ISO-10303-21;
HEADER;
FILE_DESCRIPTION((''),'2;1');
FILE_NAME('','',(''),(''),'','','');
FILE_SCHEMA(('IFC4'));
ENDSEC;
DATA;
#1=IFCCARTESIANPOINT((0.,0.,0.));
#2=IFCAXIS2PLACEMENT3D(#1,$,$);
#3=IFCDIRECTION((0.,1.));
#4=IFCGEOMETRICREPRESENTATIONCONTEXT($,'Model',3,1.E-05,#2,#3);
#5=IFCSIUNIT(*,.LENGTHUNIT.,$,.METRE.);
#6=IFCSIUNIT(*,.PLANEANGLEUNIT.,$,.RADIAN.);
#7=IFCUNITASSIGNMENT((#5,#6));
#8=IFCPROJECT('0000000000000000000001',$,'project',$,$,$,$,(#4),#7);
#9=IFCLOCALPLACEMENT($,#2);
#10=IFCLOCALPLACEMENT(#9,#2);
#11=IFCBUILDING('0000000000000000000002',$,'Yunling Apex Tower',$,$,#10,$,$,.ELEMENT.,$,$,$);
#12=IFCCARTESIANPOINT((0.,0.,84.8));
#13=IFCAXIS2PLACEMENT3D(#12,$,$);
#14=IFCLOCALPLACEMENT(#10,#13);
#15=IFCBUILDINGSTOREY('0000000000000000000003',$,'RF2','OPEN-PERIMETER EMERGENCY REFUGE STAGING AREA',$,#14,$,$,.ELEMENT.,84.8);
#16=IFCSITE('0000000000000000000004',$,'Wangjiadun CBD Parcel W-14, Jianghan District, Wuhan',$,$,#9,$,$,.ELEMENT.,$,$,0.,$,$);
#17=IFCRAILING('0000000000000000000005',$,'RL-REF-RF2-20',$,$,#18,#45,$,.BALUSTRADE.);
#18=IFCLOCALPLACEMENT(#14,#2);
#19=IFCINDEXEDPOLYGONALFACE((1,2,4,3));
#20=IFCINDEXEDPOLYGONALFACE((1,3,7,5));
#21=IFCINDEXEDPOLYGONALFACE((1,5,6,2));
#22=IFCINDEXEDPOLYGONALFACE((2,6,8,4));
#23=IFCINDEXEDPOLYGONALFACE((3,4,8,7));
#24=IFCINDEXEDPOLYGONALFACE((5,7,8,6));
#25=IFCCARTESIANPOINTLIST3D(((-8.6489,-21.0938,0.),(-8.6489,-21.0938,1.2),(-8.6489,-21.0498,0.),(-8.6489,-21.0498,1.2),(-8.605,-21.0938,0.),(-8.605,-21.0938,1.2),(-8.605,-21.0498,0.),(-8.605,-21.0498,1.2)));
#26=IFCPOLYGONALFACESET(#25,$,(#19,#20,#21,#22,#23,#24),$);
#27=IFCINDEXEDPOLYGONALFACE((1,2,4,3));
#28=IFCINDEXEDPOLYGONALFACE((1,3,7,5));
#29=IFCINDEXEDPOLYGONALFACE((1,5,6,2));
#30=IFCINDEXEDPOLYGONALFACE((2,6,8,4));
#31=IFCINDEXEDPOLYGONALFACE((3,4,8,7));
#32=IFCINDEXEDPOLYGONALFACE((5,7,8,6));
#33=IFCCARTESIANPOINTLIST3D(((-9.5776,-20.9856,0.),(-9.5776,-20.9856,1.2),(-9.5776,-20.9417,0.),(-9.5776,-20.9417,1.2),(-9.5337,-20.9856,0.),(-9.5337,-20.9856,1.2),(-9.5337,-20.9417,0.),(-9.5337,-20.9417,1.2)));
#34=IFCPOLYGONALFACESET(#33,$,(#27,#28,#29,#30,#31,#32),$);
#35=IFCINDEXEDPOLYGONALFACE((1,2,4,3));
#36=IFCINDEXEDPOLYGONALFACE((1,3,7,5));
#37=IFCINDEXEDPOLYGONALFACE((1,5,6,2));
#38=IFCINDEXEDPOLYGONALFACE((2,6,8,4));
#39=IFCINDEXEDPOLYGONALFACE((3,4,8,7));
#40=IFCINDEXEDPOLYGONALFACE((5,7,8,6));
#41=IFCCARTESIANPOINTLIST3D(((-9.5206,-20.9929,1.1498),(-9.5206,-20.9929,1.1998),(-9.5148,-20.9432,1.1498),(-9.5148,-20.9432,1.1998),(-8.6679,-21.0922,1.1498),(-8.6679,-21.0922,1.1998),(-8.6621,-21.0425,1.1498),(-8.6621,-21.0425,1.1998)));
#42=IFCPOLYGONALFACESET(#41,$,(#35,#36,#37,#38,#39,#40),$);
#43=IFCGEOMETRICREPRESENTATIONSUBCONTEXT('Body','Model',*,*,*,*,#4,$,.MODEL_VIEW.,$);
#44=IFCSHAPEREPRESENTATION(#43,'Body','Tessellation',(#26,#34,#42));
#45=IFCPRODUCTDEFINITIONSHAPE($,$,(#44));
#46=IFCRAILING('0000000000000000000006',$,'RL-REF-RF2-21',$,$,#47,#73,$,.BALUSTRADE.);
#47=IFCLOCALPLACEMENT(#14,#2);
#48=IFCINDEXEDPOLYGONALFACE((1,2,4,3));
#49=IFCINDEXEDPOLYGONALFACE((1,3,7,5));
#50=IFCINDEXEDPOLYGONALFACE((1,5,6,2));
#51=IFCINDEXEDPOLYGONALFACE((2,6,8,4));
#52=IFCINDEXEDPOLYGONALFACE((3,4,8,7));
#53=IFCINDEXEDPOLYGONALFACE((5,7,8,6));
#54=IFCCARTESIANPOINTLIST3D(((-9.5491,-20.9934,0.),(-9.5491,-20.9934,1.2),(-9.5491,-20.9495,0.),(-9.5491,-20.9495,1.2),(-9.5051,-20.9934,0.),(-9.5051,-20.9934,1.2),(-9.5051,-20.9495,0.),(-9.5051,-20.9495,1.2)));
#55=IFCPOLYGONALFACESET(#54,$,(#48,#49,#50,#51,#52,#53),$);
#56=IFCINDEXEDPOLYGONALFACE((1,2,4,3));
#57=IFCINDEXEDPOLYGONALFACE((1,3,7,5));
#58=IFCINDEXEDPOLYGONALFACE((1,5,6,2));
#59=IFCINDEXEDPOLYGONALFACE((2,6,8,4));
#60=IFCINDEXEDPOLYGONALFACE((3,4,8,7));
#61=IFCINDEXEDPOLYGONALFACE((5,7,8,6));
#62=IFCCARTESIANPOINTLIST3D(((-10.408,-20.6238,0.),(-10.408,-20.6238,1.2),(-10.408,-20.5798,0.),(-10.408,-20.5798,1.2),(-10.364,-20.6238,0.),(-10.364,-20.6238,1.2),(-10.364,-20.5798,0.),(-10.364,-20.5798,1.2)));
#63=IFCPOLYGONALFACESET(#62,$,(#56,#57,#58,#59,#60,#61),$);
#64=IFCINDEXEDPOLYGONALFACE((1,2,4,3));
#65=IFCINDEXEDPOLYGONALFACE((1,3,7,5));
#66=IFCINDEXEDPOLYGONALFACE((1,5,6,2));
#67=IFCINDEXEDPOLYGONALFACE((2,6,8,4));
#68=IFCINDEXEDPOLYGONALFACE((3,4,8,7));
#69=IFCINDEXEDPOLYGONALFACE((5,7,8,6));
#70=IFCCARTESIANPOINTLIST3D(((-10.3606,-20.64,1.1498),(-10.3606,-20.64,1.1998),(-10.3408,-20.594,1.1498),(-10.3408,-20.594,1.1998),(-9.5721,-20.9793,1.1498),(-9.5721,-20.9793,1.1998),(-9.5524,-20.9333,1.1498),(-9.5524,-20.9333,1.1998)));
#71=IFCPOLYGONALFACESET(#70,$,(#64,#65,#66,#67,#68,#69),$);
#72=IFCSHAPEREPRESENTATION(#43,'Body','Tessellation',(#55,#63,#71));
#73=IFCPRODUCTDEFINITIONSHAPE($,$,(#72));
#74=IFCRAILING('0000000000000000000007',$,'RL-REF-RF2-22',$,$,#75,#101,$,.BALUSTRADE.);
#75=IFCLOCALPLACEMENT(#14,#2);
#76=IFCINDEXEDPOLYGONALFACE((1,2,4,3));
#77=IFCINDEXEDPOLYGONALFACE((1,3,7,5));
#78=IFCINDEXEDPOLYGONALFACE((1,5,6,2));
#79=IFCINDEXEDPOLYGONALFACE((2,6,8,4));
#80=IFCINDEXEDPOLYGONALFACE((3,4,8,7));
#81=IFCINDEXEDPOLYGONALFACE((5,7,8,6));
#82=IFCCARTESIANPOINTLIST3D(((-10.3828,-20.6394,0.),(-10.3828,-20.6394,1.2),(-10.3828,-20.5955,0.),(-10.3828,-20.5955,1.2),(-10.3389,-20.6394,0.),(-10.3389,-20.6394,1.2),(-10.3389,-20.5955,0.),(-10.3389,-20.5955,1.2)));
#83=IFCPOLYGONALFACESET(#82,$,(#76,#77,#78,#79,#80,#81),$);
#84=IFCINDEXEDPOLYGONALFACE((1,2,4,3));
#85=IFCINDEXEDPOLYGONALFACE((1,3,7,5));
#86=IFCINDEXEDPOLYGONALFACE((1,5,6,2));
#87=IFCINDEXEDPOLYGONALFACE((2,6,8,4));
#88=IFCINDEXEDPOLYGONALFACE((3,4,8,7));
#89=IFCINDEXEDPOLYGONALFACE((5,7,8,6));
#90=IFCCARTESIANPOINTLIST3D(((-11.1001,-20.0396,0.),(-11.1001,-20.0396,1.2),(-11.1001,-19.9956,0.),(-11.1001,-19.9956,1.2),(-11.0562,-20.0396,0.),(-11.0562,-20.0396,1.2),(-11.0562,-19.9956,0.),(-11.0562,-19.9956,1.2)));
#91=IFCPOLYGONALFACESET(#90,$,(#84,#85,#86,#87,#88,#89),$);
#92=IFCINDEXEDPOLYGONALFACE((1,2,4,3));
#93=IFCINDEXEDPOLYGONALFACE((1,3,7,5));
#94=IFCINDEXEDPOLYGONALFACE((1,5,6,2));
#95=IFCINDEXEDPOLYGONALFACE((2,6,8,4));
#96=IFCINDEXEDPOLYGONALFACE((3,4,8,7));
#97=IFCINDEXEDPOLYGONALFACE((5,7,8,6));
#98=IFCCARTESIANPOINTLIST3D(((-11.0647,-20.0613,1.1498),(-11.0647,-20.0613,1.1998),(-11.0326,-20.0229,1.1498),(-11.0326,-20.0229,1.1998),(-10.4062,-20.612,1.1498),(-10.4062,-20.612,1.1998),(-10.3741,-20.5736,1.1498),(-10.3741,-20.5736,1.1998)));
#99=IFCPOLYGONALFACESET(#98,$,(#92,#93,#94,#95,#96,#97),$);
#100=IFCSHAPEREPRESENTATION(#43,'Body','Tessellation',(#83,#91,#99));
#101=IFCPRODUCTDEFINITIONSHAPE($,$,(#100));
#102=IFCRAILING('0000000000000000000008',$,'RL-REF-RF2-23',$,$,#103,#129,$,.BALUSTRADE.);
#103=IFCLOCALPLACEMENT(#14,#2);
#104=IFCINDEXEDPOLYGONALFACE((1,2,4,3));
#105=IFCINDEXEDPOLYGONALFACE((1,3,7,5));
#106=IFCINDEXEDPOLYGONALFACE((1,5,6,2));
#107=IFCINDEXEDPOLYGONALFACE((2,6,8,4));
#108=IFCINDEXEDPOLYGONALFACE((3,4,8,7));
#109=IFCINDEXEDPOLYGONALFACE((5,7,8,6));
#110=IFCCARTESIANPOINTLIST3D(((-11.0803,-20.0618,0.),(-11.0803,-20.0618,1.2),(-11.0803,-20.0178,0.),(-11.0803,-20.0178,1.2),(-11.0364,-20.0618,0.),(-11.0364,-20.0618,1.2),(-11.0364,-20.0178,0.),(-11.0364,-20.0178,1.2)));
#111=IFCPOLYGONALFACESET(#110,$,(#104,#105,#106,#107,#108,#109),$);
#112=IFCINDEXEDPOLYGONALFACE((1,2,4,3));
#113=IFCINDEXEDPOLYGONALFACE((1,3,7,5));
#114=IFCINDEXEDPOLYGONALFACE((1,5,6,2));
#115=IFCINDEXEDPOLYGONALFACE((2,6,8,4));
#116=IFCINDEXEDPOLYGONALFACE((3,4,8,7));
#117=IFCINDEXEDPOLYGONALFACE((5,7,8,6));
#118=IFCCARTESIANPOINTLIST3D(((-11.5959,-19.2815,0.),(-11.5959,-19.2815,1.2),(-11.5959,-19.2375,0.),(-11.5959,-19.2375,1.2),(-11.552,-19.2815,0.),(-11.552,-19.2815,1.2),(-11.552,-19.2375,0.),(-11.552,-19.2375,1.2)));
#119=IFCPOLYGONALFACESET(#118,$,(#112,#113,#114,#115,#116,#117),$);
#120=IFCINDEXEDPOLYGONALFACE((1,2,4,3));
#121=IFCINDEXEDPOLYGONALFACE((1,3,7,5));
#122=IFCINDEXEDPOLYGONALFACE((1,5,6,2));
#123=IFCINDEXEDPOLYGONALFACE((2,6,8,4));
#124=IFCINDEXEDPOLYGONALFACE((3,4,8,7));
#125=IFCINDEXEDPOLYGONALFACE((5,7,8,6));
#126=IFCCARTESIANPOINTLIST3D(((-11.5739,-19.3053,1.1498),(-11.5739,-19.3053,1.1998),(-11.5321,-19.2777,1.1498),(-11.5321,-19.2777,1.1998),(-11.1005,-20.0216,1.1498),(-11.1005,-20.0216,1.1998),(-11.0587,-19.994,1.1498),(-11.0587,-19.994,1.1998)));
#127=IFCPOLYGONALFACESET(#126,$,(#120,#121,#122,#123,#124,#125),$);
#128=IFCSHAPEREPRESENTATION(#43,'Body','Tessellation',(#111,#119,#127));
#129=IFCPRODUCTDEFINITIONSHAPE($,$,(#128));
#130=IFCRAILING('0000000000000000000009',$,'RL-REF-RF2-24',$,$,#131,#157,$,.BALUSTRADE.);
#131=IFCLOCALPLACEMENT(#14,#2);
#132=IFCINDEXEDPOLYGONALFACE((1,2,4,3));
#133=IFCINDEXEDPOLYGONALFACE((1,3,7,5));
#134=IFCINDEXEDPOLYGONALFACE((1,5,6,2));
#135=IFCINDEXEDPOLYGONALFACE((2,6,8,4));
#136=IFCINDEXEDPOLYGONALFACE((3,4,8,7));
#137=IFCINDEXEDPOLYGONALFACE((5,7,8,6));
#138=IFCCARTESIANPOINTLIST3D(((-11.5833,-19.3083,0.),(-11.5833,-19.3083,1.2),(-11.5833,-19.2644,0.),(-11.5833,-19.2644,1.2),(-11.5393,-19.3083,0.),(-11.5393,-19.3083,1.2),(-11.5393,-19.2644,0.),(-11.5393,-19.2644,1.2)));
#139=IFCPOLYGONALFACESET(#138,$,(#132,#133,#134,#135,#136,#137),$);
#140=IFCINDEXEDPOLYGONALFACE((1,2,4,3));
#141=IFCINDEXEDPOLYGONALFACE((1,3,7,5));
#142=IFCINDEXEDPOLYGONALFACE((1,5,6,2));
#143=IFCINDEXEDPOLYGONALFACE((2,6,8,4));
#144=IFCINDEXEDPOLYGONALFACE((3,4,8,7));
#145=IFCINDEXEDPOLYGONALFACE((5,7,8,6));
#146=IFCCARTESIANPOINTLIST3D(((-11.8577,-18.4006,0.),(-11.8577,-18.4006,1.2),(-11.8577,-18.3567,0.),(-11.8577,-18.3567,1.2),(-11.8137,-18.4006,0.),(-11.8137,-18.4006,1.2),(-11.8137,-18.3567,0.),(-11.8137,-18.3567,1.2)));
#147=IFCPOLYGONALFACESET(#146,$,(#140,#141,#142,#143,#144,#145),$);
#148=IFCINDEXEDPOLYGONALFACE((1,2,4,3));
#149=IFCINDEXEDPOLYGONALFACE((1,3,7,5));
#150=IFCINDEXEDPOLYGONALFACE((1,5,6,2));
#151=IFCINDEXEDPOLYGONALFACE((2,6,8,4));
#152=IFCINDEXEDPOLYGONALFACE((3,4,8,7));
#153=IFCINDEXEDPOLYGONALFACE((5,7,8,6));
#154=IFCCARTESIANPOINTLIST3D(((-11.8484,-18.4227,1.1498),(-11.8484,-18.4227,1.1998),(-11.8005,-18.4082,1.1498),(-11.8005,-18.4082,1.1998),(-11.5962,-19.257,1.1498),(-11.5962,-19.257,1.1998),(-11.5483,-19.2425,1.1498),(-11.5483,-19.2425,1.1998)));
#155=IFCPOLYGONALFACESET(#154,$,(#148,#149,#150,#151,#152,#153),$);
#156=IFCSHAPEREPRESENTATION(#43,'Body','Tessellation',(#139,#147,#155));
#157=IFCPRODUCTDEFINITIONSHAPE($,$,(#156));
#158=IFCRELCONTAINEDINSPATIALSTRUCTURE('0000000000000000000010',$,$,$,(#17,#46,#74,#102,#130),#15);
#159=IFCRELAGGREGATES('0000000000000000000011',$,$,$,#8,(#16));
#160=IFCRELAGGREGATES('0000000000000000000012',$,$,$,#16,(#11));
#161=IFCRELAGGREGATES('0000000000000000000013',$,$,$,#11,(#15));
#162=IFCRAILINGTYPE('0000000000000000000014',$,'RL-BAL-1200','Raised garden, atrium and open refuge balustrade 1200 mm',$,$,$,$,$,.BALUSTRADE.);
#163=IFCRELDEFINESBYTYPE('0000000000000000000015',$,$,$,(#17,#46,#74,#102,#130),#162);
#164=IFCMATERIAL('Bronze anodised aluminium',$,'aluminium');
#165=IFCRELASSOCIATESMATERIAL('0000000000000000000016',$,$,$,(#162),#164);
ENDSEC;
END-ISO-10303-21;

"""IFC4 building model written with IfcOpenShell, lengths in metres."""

from ifc_helpers import new_model, si_unit, direction, frame, origin, origin_2d, place, context, subcontext, project, spatial, rectangle, extrude, material, type_object, element, save


model = new_model("IFC4")

# Units and contexts
model_context = context("Model", 3, precision=1e-05, world=origin(), true_north=direction((0.0, 1.0)))
body_context = subcontext(model_context, "Body", "Model", "MODEL_VIEW")
ifc_project = project(units=[si_unit("LENGTHUNIT", "METRE"), si_unit("PLANEANGLEUNIT", "RADIAN")], contexts=[model_context])

# Site, building, storey
site_placement = place(None, origin())
site = spatial("IfcSite", under=ifc_project, at=site_placement, Name="Wangjiadun CBD Parcel W-14, Jianghan District, Wuhan", CompositionType="ELEMENT", RefElevation=0.0)
building_placement = place(site_placement, origin())
building = spatial("IfcBuilding", under=site, at=building_placement, Name="Yunling Apex Tower", CompositionType="ELEMENT")
storey_placement = place(building_placement, frame((0.0, 0.0, 84.8)))
storey = spatial("IfcBuildingStorey", under=building, at=storey_placement, Name="RF2", Description="OPEN-PERIMETER EMERGENCY REFUGE STAGING AREA", CompositionType="ELEMENT", Elevation=84.8)

# Railings
ifc_material_1 = material(Name="Bronze anodised aluminium", Category="aluminium")
railing_type = type_object("IfcRailingType", Name="RL-BAL-1200", Description="Raised garden, atrium and open refuge balustrade 1200 mm", PredefinedType="BALUSTRADE", material=ifc_material_1)
railing_1_placement = place(storey_placement, frame((-8.627, -21.0718, 0.0)))
element("IfcRailing", 1, at=railing_1_placement, inside=storey, type_object=railing_type, Name="RL-REF-RF2-20", PredefinedType="BALUSTRADE", context=body_context, shape_type="SweptSolid", body=[
    extrude(rectangle(XDim=0.0439, YDim=0.0439, at=origin_2d()), origin(), (0.0, 0.0, 1.0), 1.2),
    extrude(rectangle(XDim=0.0439, YDim=0.0439, at=origin_2d()), frame((-0.9287, 0.1082, 0.0)), (0.0, 0.0, 1.0), 1.2),
    extrude(rectangle(XDim=0.05, YDim=0.05, at=origin_2d()), frame((-0.0381, 0.0044, 1.1748), z_axis=(-0.993287, 0.115675, 0.0), x_axis=(-0.115675, -0.993287, 0.0)), (0.0, 0.0, 1.0), 0.8584),
])
railing_2_placement = place(storey_placement, frame((-9.5271, -20.9714, 0.0)))
element("IfcRailing", 2, at=railing_2_placement, inside=storey, type_object=railing_type, Name="RL-REF-RF2-21", PredefinedType="BALUSTRADE", context=body_context, shape_type="SweptSolid", body=[
    extrude(rectangle(XDim=0.0439, YDim=0.0439, at=origin_2d()), origin(), (0.0, 0.0, 1.0), 1.2),
    extrude(rectangle(XDim=0.0439, YDim=0.0439, at=origin_2d()), frame((-0.8589, 0.3696, 0.0)), (0.0, 0.0, 1.0), 1.2),
    extrude(rectangle(XDim=0.05, YDim=0.05, at=origin_2d()), frame((-0.0352, 0.0151, 1.1748), z_axis=(-0.91855, 0.395305, 0.0), x_axis=(-0.395305, -0.91855, 0.0)), (0.0, 0.0, 1.0), 0.8584),
])
railing_3_placement = place(storey_placement, frame((-10.3608, -20.6174, 0.0)))
element("IfcRailing", 3, at=railing_3_placement, inside=storey, type_object=railing_type, Name="RL-REF-RF2-22", PredefinedType="BALUSTRADE", context=body_context, shape_type="SweptSolid", body=[
    extrude(rectangle(XDim=0.0439, YDim=0.0439, at=origin_2d()), origin(), (0.0, 0.0, 1.0), 1.2),
    extrude(rectangle(XDim=0.0439, YDim=0.0439, at=origin_2d()), frame((-0.7173, 0.5999, 0.0)), (0.0, 0.0, 1.0), 1.2),
    extrude(rectangle(XDim=0.05, YDim=0.05, at=origin_2d()), frame((-0.0293, 0.0247, 1.1748), z_axis=(-0.767107, 0.641519, 0.0), x_axis=(-0.641519, -0.767107, 0.0)), (0.0, 0.0, 1.0), 0.8584),
])
railing_4_placement = place(storey_placement, frame((-11.0583, -20.0398, 0.0)))
element("IfcRailing", 4, at=railing_4_placement, inside=storey, type_object=railing_type, Name="RL-REF-RF2-23", PredefinedType="BALUSTRADE", context=body_context, shape_type="SweptSolid", body=[
    extrude(rectangle(XDim=0.0439, YDim=0.0439, at=origin_2d()), origin(), (0.0, 0.0, 1.0), 1.2),
    extrude(rectangle(XDim=0.0439, YDim=0.0439, at=origin_2d()), frame((-0.5156, 0.7803, 0.0)), (0.0, 0.0, 1.0), 1.2),
    extrude(rectangle(XDim=0.05, YDim=0.05, at=origin_2d()), frame((-0.0212, 0.032, 1.1748), z_axis=(-0.551322, 0.834292, 0.0), x_axis=(-0.834292, -0.551322, 0.0)), (0.0, 0.0, 1.0), 0.8586),
])
railing_5_placement = place(storey_placement, frame((-11.5613, -19.2864, 0.0)))
element("IfcRailing", 5, at=railing_5_placement, inside=storey, type_object=railing_type, Name="RL-REF-RF2-24", PredefinedType="BALUSTRADE", context=body_context, shape_type="SweptSolid", body=[
    extrude(rectangle(XDim=0.0439, YDim=0.0439, at=origin_2d()), origin(), (0.0, 0.0, 1.0), 1.2),
    extrude(rectangle(XDim=0.0439, YDim=0.0439, at=origin_2d()), frame((-0.2744, 0.9077, 0.0)), (0.0, 0.0, 1.0), 1.2),
    extrude(rectangle(XDim=0.05, YDim=0.05, at=origin_2d()), frame((-0.011, 0.0366, 1.1748), z_axis=(-0.289379, 0.957215, 0.0), x_axis=(-0.957215, -0.289379, 0.0)), (0.0, 0.0, 1.0), 0.8716),
])

save(model, "model.ifc")
